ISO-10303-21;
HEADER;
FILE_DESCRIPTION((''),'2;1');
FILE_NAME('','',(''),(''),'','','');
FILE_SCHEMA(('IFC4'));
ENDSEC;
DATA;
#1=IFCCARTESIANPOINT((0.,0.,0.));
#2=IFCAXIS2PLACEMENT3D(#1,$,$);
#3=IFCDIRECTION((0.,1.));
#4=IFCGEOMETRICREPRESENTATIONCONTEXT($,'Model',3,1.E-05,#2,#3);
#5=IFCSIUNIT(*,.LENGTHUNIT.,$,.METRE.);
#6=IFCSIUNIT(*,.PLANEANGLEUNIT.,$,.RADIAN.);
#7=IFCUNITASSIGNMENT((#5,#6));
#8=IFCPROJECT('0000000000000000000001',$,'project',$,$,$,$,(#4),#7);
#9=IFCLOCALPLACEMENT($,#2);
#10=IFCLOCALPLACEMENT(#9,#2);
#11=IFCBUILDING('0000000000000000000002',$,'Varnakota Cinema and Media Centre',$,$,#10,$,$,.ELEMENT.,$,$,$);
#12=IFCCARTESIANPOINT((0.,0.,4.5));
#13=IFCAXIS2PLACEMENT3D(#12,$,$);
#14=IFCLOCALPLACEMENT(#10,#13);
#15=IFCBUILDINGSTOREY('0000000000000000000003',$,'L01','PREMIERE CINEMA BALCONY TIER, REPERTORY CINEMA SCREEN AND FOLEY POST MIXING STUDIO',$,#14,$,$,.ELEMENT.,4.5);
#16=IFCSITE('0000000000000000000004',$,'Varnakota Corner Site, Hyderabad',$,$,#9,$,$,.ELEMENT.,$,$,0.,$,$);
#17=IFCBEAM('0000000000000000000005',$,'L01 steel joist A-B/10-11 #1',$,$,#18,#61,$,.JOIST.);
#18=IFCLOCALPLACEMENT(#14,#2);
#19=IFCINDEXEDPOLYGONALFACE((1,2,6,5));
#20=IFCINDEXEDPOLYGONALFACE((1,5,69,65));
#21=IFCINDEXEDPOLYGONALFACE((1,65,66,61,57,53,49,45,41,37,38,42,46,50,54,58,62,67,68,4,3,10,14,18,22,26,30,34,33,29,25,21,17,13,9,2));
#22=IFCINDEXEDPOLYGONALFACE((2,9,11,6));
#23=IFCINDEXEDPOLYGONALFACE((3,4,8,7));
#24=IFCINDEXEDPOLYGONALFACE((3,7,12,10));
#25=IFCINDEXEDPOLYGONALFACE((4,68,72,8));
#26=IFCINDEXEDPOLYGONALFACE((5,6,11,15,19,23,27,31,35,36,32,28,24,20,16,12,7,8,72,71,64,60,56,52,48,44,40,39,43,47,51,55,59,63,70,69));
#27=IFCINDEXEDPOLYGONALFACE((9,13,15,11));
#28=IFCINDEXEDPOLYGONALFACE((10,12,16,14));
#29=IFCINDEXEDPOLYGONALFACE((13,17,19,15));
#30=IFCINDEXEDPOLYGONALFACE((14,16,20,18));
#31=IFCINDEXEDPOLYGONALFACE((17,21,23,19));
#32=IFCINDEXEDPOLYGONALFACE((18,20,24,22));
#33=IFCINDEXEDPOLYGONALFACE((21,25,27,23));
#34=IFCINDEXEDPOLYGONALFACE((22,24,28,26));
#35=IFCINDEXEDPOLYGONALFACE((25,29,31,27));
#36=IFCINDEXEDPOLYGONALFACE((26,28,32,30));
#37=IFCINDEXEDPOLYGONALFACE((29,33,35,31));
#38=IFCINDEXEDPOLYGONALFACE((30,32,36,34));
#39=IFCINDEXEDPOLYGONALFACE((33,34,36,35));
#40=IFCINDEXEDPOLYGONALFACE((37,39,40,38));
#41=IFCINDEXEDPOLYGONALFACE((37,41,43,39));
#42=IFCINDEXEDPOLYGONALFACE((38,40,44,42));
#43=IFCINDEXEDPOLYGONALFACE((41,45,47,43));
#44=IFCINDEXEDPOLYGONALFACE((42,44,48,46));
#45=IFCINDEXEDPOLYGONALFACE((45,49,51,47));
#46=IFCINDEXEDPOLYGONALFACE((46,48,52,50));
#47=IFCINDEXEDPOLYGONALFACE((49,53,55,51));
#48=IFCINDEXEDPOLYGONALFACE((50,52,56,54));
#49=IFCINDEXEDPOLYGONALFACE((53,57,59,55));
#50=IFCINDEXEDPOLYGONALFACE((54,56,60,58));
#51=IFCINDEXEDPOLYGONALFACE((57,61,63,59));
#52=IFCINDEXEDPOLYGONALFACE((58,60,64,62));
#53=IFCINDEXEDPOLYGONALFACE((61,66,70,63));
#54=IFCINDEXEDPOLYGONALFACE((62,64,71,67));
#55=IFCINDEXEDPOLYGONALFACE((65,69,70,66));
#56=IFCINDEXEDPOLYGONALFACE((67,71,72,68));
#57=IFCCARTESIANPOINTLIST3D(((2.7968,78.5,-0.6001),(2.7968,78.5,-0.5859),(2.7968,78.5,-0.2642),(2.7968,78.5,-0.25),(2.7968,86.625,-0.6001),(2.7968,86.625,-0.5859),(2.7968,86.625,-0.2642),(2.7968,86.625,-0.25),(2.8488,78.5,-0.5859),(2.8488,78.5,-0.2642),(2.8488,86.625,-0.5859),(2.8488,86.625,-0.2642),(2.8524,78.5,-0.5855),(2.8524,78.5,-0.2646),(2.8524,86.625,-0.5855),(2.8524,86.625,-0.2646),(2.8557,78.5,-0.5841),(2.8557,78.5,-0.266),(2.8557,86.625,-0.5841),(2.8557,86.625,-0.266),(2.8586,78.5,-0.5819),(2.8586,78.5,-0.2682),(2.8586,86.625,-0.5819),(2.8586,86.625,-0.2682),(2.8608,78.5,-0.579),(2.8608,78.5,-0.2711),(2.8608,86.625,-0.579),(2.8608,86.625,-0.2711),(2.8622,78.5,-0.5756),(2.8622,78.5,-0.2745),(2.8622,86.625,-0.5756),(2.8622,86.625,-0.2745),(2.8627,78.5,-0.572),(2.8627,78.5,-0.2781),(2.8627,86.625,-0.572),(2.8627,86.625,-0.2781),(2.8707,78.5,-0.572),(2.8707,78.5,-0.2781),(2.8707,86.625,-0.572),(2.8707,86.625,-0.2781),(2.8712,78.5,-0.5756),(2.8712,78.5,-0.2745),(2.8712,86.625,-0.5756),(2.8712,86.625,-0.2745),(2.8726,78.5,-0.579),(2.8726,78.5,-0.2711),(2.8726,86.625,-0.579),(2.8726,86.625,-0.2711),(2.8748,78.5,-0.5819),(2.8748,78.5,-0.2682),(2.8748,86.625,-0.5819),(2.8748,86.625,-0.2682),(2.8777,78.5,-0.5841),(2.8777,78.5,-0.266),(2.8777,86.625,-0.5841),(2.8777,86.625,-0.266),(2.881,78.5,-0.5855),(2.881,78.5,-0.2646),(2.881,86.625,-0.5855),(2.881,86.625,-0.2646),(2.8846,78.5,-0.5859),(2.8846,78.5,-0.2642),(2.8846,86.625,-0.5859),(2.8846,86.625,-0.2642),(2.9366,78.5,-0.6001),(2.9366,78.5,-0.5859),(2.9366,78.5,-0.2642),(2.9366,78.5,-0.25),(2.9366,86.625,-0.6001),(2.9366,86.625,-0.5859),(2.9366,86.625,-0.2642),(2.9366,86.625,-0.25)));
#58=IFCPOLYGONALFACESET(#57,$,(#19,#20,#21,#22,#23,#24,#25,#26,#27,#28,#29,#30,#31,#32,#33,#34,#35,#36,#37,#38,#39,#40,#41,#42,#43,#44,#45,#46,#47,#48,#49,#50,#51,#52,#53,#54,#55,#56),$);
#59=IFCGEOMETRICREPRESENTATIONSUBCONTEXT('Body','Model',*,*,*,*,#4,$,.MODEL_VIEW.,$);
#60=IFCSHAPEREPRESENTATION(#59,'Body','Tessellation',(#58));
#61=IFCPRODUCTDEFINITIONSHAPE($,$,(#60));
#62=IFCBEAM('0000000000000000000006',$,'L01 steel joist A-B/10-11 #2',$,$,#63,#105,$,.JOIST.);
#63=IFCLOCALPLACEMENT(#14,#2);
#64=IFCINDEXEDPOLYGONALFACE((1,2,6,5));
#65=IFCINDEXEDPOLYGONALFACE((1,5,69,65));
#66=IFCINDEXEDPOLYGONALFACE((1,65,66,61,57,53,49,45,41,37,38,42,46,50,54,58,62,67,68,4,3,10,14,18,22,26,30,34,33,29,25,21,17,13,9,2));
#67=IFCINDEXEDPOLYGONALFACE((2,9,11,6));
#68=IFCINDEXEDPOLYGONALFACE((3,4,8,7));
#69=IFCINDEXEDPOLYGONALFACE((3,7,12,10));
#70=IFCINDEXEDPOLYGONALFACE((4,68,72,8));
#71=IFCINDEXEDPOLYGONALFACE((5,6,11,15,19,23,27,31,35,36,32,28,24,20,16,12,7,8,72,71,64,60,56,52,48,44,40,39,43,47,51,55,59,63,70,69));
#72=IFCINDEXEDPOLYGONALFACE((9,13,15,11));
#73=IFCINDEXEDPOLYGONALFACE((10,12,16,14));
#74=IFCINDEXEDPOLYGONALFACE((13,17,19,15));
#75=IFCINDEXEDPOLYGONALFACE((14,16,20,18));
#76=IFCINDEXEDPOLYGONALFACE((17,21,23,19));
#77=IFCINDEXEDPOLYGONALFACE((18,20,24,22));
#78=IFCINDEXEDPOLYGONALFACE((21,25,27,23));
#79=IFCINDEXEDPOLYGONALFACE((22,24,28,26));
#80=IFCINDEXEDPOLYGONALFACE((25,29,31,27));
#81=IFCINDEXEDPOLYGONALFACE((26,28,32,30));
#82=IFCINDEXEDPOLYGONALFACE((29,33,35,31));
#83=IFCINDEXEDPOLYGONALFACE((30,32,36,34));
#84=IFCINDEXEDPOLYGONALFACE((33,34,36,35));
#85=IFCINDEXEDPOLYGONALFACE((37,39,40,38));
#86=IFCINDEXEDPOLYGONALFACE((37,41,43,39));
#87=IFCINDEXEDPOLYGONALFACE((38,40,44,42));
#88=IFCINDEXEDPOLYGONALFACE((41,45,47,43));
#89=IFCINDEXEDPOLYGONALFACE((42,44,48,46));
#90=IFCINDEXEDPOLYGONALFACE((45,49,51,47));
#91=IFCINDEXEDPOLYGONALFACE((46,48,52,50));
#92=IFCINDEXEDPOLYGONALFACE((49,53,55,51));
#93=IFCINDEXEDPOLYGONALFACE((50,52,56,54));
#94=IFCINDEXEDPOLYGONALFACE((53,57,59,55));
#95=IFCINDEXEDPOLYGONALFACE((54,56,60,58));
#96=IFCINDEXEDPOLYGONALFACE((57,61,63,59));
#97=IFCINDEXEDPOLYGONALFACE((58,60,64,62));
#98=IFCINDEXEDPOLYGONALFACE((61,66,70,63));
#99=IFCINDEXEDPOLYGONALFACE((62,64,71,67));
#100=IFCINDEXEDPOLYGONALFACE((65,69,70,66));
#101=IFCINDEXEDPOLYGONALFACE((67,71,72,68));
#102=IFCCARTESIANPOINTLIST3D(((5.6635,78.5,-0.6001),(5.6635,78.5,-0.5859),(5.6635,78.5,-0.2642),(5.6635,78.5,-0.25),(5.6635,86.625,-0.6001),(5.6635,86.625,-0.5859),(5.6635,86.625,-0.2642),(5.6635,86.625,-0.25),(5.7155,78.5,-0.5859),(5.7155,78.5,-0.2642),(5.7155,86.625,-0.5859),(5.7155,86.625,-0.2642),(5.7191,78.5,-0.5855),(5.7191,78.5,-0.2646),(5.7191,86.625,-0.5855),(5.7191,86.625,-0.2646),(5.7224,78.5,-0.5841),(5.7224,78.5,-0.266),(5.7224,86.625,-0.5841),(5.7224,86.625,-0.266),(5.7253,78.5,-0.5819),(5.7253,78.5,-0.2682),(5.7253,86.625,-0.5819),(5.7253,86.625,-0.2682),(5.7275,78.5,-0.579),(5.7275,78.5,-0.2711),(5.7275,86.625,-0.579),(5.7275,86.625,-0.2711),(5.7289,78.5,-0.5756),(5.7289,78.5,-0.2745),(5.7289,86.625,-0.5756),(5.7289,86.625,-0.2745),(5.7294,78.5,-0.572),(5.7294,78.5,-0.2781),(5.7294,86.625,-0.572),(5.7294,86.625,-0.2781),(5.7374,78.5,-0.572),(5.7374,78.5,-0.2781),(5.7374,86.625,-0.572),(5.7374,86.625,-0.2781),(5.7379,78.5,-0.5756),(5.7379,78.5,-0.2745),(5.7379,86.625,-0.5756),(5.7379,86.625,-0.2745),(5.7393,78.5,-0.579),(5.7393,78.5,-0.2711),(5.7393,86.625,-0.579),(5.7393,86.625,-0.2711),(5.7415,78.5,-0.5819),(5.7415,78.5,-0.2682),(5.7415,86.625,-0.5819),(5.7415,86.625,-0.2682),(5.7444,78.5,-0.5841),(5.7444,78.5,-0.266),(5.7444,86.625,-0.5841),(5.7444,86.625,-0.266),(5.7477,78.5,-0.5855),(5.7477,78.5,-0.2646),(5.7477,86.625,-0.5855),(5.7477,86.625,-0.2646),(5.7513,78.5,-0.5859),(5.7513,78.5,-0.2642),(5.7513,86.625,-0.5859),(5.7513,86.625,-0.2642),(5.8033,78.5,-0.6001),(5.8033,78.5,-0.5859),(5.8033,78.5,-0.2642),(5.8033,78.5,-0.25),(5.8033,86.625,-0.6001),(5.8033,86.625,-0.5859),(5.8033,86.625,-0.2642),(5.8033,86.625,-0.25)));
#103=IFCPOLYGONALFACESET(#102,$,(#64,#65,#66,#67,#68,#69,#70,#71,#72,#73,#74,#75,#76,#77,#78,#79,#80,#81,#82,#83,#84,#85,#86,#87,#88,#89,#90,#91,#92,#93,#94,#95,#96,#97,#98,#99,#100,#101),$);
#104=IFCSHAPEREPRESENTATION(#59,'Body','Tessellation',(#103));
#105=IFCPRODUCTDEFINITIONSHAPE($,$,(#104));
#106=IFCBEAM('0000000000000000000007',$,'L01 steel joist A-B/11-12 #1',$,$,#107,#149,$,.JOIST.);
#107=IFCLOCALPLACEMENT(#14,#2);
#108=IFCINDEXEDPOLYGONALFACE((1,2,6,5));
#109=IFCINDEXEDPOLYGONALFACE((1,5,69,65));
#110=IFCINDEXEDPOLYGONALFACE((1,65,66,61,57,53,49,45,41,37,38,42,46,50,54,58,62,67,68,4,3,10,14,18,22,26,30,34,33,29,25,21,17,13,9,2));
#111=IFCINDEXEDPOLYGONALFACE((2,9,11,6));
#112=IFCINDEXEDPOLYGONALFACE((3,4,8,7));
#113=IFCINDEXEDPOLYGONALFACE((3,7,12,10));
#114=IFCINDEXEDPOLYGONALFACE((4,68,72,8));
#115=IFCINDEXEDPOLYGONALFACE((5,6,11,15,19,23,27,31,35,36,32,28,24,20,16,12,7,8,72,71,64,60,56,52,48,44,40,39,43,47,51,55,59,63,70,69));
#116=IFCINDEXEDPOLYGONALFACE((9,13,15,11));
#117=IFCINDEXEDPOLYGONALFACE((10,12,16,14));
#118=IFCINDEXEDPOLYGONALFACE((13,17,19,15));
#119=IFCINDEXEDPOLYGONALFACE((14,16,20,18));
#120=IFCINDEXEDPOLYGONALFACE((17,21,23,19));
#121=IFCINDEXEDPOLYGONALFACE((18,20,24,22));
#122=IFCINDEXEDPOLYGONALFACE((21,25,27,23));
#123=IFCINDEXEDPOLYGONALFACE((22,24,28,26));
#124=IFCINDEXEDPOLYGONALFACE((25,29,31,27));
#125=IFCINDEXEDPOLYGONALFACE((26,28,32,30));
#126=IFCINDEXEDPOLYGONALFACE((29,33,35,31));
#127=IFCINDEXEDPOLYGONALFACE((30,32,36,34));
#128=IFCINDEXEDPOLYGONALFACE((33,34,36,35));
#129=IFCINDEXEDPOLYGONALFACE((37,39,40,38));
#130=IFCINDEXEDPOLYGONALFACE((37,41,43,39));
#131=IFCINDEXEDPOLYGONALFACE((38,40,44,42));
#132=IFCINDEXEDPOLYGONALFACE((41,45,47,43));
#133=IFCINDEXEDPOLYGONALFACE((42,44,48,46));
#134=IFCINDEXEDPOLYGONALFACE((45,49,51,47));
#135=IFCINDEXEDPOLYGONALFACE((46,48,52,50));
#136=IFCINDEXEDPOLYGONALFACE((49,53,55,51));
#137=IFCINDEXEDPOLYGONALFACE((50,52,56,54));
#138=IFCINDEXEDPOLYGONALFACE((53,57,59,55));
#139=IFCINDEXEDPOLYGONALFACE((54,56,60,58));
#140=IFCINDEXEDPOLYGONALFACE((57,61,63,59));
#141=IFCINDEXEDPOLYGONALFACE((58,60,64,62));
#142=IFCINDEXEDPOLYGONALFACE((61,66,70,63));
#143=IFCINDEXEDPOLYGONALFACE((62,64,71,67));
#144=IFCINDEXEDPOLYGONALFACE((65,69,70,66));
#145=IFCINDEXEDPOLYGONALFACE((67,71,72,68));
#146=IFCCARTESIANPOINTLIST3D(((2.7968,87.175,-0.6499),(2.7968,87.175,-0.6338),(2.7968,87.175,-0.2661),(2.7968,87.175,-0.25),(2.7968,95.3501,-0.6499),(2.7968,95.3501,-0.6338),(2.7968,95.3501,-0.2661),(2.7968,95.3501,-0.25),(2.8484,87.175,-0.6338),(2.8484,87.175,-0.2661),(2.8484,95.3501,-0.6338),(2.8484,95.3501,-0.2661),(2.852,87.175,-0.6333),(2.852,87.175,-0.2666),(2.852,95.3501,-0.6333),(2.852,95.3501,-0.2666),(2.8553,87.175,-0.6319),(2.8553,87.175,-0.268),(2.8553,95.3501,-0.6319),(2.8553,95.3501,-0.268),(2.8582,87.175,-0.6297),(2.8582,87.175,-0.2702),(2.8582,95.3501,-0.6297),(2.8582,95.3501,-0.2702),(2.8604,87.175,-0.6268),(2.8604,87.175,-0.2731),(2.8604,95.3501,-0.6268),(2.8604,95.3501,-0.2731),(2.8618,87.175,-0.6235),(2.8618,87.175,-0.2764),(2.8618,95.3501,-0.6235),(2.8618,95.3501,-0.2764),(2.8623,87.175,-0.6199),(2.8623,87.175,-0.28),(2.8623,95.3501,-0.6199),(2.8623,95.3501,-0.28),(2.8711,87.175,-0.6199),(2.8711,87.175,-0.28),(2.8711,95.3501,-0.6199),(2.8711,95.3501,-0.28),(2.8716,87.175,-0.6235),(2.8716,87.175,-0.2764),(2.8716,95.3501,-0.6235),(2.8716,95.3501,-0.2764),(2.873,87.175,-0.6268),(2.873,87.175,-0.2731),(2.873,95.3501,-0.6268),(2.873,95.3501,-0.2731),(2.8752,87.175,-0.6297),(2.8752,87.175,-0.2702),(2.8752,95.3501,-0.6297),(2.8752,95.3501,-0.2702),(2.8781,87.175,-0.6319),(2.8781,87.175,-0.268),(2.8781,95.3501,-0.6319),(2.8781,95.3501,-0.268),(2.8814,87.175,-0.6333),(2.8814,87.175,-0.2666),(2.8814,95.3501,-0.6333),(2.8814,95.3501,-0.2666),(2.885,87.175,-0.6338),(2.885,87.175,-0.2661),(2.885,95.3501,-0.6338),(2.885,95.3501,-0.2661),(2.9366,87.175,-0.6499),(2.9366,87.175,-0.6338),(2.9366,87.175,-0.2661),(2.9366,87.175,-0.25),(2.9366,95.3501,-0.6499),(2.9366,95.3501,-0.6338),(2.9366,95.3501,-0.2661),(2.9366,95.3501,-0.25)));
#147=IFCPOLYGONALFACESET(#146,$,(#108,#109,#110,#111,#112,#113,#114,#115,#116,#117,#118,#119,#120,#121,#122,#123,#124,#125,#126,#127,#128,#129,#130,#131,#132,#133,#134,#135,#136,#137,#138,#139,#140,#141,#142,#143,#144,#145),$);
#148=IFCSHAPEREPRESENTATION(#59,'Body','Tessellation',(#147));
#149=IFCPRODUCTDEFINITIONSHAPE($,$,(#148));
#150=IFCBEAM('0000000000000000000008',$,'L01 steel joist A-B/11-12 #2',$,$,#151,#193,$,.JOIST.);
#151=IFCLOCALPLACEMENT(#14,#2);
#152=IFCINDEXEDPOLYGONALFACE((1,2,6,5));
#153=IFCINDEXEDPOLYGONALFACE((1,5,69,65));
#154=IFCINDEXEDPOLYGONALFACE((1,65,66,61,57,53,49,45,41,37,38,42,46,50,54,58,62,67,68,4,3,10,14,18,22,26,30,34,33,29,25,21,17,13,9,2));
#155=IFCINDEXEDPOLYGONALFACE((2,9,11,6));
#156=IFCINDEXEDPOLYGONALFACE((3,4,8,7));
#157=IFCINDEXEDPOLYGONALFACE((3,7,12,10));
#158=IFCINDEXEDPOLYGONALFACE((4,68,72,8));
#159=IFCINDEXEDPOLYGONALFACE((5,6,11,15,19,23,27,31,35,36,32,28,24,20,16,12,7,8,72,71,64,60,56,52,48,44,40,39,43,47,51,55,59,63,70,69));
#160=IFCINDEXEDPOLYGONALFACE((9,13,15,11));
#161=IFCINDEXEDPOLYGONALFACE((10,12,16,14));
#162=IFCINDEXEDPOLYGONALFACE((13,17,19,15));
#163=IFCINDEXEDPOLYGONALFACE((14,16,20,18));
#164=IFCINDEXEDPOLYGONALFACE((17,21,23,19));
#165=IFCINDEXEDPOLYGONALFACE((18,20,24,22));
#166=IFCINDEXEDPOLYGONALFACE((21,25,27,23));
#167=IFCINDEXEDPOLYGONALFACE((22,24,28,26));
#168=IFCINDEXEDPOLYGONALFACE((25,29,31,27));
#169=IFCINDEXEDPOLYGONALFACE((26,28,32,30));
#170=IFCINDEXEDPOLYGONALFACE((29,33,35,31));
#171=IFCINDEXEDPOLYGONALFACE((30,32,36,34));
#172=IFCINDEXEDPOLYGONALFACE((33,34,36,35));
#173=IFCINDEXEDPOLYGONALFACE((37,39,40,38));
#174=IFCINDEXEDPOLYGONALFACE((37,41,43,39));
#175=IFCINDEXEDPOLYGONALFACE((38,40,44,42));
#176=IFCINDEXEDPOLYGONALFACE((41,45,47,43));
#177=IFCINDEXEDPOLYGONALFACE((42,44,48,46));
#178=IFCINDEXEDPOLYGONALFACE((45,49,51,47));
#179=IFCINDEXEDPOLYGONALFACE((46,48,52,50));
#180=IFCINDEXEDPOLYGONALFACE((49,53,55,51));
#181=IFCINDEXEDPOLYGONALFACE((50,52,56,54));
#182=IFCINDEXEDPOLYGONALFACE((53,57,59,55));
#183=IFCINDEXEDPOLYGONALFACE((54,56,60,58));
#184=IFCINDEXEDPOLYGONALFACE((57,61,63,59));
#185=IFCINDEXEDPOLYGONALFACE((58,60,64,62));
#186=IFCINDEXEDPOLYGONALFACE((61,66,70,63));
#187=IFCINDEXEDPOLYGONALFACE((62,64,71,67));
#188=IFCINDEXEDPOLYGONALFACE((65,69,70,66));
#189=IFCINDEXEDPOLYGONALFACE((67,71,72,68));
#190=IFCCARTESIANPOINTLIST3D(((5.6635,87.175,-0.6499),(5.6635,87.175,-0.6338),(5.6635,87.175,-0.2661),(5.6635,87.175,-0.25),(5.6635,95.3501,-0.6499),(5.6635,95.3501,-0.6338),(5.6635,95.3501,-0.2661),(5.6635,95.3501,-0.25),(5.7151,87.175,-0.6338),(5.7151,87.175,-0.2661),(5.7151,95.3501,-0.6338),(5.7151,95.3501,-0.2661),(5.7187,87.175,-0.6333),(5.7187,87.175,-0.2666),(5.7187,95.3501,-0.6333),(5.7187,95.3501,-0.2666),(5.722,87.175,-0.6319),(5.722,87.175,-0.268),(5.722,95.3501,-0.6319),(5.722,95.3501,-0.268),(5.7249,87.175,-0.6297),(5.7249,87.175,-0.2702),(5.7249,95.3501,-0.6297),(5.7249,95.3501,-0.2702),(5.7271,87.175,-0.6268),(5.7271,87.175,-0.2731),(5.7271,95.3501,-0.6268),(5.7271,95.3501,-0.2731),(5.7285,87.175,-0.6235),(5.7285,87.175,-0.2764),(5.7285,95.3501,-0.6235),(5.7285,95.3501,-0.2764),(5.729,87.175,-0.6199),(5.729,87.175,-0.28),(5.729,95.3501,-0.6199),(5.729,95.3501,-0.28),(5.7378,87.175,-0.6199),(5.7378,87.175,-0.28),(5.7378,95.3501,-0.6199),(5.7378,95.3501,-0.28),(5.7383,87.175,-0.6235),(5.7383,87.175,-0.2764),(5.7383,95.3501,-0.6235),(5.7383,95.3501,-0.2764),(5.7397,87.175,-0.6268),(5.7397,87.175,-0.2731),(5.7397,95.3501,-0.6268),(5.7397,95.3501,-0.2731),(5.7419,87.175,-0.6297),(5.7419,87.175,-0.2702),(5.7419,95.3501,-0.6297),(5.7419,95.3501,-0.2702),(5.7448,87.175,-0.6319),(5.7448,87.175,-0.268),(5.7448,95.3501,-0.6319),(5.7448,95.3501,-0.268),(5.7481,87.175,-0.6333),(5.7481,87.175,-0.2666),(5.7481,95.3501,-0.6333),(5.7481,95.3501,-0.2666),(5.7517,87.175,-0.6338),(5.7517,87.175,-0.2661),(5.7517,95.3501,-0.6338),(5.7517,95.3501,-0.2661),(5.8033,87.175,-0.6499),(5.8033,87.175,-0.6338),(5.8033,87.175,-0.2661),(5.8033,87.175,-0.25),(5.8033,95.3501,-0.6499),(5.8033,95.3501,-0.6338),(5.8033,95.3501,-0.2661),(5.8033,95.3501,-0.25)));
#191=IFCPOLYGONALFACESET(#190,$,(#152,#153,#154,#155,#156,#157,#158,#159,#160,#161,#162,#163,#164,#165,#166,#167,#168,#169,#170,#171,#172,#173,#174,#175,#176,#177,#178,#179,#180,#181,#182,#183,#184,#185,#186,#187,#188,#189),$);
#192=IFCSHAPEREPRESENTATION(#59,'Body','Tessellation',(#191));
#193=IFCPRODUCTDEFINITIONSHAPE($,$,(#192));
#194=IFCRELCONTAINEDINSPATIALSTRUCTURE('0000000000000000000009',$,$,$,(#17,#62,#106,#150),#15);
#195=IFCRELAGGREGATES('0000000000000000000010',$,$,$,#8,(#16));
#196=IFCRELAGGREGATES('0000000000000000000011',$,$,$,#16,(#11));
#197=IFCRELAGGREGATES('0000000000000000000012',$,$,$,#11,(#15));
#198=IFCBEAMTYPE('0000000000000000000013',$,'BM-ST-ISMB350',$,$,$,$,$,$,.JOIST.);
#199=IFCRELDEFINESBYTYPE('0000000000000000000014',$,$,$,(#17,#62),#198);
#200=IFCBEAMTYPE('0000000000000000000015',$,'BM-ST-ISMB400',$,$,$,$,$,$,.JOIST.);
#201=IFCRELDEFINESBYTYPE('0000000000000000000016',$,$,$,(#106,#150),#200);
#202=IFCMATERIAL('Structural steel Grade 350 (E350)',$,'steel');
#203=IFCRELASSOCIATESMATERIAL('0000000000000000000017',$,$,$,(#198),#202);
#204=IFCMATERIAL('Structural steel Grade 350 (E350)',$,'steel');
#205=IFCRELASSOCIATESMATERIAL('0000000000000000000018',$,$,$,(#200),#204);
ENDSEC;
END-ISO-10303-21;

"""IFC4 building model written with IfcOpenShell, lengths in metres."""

from ifc_helpers import new_model, si_unit, direction, frame, origin, origin_2d, place, context, subcontext, project, spatial, i_section, extrude, material, material_profile, profile_set, type_object, element, save


model = new_model("IFC4")

# Units and contexts
model_context = context("Model", 3, precision=1e-05, world=origin(), true_north=direction((0.0, 1.0)))
body_context = subcontext(model_context, "Body", "Model", "MODEL_VIEW")
ifc_project = project(units=[si_unit("LENGTHUNIT", "METRE"), si_unit("PLANEANGLEUNIT", "RADIAN")], contexts=[model_context])

# Site, building, storey
site_placement = place(None, origin())
site = spatial("IfcSite", under=ifc_project, at=site_placement, Name="Varnakota Corner Site, Hyderabad", CompositionType="ELEMENT", RefElevation=0.0)
building_placement = place(site_placement, origin())
building = spatial("IfcBuilding", under=site, at=building_placement, Name="Varnakota Cinema and Media Centre", CompositionType="ELEMENT")
storey_placement = place(building_placement, frame((0.0, 0.0, 4.5)))
storey = spatial("IfcBuildingStorey", under=building, at=storey_placement, Name="L01", Description="PREMIERE CINEMA BALCONY TIER, REPERTORY CINEMA SCREEN AND FOLEY POST MIXING STUDIO", CompositionType="ELEMENT", Elevation=4.5)

# Beams
ifc_material_1 = material(Name="Structural steel Grade 350 (E350)", Category="steel")
ifc_material_profile_1 = material_profile(ifc_material_1, i_section(OverallWidth=0.1399, OverallDepth=0.3501, WebThickness=0.0081, FlangeThickness=0.0142, FilletRadius=0.0139, at=origin_2d()), Name="ISMB 350")
ifc_profile_set_1 = profile_set([ifc_material_profile_1], Name="Structural steel Grade 350 (E350)")
beam_type_1 = type_object("IfcBeamType", Name="BM-ST-ISMB350", PredefinedType="JOIST", material=ifc_profile_set_1)
for number, where, z_axis, x_axis, name in (
    (1, (2.8667, 78.5, -0.425), (0.0, 1.0, 0.0), (-1.0, 0.0, 0.0), "L01 steel joist A-B/10-11 #1"),
    (2, (5.7334, 78.5, -0.425), (0.0, 1.0, 0.0), (-1.0, 0.0, 0.0), "L01 steel joist A-B/10-11 #2"),
):
    element("IfcBeam", number, at=place(storey_placement, frame(where, z_axis=z_axis, x_axis=x_axis)), inside=storey, type_object=beam_type_1, Name=name, PredefinedType="JOIST", context=body_context, shape_type="SweptSolid", body=[
        extrude(i_section(OverallWidth=0.1399, OverallDepth=0.3501, WebThickness=0.0081, FlangeThickness=0.0142, FilletRadius=0.0139, at=origin_2d()), origin(), (0.0, 0.0, 1.0), 8.125),
    ])
ifc_material_2 = material(Name="Structural steel Grade 350 (E350)", Category="steel")
ifc_material_profile_2 = material_profile(ifc_material_2, i_section(OverallWidth=0.1399, OverallDepth=0.3999, WebThickness=0.0088, FlangeThickness=0.0161, FilletRadius=0.0139, at=origin_2d()), Name="ISMB 400")
ifc_profile_set_2 = profile_set([ifc_material_profile_2], Name="Structural steel Grade 350 (E350)")
beam_type_2 = type_object("IfcBeamType", Name="BM-ST-ISMB400", PredefinedType="JOIST", material=ifc_profile_set_2)
for number, where, z_axis, x_axis, name in (
    (3, (2.8667, 87.175, -0.45), (0.0, 1.0, 0.0), (-1.0, 0.0, 0.0), "L01 steel joist A-B/11-12 #1"),
    (4, (5.7334, 87.175, -0.45), (0.0, 1.0, 0.0), (-1.0, 0.0, 0.0), "L01 steel joist A-B/11-12 #2"),
):
    element("IfcBeam", number, at=place(storey_placement, frame(where, z_axis=z_axis, x_axis=x_axis)), inside=storey, type_object=beam_type_2, Name=name, PredefinedType="JOIST", context=body_context, shape_type="SweptSolid", body=[
        extrude(i_section(OverallWidth=0.1399, OverallDepth=0.3999, WebThickness=0.0088, FlangeThickness=0.0161, FilletRadius=0.0139, at=origin_2d()), origin(), (0.0, 0.0, 1.0), 8.175),
    ])

save(model, "model.ifc")
